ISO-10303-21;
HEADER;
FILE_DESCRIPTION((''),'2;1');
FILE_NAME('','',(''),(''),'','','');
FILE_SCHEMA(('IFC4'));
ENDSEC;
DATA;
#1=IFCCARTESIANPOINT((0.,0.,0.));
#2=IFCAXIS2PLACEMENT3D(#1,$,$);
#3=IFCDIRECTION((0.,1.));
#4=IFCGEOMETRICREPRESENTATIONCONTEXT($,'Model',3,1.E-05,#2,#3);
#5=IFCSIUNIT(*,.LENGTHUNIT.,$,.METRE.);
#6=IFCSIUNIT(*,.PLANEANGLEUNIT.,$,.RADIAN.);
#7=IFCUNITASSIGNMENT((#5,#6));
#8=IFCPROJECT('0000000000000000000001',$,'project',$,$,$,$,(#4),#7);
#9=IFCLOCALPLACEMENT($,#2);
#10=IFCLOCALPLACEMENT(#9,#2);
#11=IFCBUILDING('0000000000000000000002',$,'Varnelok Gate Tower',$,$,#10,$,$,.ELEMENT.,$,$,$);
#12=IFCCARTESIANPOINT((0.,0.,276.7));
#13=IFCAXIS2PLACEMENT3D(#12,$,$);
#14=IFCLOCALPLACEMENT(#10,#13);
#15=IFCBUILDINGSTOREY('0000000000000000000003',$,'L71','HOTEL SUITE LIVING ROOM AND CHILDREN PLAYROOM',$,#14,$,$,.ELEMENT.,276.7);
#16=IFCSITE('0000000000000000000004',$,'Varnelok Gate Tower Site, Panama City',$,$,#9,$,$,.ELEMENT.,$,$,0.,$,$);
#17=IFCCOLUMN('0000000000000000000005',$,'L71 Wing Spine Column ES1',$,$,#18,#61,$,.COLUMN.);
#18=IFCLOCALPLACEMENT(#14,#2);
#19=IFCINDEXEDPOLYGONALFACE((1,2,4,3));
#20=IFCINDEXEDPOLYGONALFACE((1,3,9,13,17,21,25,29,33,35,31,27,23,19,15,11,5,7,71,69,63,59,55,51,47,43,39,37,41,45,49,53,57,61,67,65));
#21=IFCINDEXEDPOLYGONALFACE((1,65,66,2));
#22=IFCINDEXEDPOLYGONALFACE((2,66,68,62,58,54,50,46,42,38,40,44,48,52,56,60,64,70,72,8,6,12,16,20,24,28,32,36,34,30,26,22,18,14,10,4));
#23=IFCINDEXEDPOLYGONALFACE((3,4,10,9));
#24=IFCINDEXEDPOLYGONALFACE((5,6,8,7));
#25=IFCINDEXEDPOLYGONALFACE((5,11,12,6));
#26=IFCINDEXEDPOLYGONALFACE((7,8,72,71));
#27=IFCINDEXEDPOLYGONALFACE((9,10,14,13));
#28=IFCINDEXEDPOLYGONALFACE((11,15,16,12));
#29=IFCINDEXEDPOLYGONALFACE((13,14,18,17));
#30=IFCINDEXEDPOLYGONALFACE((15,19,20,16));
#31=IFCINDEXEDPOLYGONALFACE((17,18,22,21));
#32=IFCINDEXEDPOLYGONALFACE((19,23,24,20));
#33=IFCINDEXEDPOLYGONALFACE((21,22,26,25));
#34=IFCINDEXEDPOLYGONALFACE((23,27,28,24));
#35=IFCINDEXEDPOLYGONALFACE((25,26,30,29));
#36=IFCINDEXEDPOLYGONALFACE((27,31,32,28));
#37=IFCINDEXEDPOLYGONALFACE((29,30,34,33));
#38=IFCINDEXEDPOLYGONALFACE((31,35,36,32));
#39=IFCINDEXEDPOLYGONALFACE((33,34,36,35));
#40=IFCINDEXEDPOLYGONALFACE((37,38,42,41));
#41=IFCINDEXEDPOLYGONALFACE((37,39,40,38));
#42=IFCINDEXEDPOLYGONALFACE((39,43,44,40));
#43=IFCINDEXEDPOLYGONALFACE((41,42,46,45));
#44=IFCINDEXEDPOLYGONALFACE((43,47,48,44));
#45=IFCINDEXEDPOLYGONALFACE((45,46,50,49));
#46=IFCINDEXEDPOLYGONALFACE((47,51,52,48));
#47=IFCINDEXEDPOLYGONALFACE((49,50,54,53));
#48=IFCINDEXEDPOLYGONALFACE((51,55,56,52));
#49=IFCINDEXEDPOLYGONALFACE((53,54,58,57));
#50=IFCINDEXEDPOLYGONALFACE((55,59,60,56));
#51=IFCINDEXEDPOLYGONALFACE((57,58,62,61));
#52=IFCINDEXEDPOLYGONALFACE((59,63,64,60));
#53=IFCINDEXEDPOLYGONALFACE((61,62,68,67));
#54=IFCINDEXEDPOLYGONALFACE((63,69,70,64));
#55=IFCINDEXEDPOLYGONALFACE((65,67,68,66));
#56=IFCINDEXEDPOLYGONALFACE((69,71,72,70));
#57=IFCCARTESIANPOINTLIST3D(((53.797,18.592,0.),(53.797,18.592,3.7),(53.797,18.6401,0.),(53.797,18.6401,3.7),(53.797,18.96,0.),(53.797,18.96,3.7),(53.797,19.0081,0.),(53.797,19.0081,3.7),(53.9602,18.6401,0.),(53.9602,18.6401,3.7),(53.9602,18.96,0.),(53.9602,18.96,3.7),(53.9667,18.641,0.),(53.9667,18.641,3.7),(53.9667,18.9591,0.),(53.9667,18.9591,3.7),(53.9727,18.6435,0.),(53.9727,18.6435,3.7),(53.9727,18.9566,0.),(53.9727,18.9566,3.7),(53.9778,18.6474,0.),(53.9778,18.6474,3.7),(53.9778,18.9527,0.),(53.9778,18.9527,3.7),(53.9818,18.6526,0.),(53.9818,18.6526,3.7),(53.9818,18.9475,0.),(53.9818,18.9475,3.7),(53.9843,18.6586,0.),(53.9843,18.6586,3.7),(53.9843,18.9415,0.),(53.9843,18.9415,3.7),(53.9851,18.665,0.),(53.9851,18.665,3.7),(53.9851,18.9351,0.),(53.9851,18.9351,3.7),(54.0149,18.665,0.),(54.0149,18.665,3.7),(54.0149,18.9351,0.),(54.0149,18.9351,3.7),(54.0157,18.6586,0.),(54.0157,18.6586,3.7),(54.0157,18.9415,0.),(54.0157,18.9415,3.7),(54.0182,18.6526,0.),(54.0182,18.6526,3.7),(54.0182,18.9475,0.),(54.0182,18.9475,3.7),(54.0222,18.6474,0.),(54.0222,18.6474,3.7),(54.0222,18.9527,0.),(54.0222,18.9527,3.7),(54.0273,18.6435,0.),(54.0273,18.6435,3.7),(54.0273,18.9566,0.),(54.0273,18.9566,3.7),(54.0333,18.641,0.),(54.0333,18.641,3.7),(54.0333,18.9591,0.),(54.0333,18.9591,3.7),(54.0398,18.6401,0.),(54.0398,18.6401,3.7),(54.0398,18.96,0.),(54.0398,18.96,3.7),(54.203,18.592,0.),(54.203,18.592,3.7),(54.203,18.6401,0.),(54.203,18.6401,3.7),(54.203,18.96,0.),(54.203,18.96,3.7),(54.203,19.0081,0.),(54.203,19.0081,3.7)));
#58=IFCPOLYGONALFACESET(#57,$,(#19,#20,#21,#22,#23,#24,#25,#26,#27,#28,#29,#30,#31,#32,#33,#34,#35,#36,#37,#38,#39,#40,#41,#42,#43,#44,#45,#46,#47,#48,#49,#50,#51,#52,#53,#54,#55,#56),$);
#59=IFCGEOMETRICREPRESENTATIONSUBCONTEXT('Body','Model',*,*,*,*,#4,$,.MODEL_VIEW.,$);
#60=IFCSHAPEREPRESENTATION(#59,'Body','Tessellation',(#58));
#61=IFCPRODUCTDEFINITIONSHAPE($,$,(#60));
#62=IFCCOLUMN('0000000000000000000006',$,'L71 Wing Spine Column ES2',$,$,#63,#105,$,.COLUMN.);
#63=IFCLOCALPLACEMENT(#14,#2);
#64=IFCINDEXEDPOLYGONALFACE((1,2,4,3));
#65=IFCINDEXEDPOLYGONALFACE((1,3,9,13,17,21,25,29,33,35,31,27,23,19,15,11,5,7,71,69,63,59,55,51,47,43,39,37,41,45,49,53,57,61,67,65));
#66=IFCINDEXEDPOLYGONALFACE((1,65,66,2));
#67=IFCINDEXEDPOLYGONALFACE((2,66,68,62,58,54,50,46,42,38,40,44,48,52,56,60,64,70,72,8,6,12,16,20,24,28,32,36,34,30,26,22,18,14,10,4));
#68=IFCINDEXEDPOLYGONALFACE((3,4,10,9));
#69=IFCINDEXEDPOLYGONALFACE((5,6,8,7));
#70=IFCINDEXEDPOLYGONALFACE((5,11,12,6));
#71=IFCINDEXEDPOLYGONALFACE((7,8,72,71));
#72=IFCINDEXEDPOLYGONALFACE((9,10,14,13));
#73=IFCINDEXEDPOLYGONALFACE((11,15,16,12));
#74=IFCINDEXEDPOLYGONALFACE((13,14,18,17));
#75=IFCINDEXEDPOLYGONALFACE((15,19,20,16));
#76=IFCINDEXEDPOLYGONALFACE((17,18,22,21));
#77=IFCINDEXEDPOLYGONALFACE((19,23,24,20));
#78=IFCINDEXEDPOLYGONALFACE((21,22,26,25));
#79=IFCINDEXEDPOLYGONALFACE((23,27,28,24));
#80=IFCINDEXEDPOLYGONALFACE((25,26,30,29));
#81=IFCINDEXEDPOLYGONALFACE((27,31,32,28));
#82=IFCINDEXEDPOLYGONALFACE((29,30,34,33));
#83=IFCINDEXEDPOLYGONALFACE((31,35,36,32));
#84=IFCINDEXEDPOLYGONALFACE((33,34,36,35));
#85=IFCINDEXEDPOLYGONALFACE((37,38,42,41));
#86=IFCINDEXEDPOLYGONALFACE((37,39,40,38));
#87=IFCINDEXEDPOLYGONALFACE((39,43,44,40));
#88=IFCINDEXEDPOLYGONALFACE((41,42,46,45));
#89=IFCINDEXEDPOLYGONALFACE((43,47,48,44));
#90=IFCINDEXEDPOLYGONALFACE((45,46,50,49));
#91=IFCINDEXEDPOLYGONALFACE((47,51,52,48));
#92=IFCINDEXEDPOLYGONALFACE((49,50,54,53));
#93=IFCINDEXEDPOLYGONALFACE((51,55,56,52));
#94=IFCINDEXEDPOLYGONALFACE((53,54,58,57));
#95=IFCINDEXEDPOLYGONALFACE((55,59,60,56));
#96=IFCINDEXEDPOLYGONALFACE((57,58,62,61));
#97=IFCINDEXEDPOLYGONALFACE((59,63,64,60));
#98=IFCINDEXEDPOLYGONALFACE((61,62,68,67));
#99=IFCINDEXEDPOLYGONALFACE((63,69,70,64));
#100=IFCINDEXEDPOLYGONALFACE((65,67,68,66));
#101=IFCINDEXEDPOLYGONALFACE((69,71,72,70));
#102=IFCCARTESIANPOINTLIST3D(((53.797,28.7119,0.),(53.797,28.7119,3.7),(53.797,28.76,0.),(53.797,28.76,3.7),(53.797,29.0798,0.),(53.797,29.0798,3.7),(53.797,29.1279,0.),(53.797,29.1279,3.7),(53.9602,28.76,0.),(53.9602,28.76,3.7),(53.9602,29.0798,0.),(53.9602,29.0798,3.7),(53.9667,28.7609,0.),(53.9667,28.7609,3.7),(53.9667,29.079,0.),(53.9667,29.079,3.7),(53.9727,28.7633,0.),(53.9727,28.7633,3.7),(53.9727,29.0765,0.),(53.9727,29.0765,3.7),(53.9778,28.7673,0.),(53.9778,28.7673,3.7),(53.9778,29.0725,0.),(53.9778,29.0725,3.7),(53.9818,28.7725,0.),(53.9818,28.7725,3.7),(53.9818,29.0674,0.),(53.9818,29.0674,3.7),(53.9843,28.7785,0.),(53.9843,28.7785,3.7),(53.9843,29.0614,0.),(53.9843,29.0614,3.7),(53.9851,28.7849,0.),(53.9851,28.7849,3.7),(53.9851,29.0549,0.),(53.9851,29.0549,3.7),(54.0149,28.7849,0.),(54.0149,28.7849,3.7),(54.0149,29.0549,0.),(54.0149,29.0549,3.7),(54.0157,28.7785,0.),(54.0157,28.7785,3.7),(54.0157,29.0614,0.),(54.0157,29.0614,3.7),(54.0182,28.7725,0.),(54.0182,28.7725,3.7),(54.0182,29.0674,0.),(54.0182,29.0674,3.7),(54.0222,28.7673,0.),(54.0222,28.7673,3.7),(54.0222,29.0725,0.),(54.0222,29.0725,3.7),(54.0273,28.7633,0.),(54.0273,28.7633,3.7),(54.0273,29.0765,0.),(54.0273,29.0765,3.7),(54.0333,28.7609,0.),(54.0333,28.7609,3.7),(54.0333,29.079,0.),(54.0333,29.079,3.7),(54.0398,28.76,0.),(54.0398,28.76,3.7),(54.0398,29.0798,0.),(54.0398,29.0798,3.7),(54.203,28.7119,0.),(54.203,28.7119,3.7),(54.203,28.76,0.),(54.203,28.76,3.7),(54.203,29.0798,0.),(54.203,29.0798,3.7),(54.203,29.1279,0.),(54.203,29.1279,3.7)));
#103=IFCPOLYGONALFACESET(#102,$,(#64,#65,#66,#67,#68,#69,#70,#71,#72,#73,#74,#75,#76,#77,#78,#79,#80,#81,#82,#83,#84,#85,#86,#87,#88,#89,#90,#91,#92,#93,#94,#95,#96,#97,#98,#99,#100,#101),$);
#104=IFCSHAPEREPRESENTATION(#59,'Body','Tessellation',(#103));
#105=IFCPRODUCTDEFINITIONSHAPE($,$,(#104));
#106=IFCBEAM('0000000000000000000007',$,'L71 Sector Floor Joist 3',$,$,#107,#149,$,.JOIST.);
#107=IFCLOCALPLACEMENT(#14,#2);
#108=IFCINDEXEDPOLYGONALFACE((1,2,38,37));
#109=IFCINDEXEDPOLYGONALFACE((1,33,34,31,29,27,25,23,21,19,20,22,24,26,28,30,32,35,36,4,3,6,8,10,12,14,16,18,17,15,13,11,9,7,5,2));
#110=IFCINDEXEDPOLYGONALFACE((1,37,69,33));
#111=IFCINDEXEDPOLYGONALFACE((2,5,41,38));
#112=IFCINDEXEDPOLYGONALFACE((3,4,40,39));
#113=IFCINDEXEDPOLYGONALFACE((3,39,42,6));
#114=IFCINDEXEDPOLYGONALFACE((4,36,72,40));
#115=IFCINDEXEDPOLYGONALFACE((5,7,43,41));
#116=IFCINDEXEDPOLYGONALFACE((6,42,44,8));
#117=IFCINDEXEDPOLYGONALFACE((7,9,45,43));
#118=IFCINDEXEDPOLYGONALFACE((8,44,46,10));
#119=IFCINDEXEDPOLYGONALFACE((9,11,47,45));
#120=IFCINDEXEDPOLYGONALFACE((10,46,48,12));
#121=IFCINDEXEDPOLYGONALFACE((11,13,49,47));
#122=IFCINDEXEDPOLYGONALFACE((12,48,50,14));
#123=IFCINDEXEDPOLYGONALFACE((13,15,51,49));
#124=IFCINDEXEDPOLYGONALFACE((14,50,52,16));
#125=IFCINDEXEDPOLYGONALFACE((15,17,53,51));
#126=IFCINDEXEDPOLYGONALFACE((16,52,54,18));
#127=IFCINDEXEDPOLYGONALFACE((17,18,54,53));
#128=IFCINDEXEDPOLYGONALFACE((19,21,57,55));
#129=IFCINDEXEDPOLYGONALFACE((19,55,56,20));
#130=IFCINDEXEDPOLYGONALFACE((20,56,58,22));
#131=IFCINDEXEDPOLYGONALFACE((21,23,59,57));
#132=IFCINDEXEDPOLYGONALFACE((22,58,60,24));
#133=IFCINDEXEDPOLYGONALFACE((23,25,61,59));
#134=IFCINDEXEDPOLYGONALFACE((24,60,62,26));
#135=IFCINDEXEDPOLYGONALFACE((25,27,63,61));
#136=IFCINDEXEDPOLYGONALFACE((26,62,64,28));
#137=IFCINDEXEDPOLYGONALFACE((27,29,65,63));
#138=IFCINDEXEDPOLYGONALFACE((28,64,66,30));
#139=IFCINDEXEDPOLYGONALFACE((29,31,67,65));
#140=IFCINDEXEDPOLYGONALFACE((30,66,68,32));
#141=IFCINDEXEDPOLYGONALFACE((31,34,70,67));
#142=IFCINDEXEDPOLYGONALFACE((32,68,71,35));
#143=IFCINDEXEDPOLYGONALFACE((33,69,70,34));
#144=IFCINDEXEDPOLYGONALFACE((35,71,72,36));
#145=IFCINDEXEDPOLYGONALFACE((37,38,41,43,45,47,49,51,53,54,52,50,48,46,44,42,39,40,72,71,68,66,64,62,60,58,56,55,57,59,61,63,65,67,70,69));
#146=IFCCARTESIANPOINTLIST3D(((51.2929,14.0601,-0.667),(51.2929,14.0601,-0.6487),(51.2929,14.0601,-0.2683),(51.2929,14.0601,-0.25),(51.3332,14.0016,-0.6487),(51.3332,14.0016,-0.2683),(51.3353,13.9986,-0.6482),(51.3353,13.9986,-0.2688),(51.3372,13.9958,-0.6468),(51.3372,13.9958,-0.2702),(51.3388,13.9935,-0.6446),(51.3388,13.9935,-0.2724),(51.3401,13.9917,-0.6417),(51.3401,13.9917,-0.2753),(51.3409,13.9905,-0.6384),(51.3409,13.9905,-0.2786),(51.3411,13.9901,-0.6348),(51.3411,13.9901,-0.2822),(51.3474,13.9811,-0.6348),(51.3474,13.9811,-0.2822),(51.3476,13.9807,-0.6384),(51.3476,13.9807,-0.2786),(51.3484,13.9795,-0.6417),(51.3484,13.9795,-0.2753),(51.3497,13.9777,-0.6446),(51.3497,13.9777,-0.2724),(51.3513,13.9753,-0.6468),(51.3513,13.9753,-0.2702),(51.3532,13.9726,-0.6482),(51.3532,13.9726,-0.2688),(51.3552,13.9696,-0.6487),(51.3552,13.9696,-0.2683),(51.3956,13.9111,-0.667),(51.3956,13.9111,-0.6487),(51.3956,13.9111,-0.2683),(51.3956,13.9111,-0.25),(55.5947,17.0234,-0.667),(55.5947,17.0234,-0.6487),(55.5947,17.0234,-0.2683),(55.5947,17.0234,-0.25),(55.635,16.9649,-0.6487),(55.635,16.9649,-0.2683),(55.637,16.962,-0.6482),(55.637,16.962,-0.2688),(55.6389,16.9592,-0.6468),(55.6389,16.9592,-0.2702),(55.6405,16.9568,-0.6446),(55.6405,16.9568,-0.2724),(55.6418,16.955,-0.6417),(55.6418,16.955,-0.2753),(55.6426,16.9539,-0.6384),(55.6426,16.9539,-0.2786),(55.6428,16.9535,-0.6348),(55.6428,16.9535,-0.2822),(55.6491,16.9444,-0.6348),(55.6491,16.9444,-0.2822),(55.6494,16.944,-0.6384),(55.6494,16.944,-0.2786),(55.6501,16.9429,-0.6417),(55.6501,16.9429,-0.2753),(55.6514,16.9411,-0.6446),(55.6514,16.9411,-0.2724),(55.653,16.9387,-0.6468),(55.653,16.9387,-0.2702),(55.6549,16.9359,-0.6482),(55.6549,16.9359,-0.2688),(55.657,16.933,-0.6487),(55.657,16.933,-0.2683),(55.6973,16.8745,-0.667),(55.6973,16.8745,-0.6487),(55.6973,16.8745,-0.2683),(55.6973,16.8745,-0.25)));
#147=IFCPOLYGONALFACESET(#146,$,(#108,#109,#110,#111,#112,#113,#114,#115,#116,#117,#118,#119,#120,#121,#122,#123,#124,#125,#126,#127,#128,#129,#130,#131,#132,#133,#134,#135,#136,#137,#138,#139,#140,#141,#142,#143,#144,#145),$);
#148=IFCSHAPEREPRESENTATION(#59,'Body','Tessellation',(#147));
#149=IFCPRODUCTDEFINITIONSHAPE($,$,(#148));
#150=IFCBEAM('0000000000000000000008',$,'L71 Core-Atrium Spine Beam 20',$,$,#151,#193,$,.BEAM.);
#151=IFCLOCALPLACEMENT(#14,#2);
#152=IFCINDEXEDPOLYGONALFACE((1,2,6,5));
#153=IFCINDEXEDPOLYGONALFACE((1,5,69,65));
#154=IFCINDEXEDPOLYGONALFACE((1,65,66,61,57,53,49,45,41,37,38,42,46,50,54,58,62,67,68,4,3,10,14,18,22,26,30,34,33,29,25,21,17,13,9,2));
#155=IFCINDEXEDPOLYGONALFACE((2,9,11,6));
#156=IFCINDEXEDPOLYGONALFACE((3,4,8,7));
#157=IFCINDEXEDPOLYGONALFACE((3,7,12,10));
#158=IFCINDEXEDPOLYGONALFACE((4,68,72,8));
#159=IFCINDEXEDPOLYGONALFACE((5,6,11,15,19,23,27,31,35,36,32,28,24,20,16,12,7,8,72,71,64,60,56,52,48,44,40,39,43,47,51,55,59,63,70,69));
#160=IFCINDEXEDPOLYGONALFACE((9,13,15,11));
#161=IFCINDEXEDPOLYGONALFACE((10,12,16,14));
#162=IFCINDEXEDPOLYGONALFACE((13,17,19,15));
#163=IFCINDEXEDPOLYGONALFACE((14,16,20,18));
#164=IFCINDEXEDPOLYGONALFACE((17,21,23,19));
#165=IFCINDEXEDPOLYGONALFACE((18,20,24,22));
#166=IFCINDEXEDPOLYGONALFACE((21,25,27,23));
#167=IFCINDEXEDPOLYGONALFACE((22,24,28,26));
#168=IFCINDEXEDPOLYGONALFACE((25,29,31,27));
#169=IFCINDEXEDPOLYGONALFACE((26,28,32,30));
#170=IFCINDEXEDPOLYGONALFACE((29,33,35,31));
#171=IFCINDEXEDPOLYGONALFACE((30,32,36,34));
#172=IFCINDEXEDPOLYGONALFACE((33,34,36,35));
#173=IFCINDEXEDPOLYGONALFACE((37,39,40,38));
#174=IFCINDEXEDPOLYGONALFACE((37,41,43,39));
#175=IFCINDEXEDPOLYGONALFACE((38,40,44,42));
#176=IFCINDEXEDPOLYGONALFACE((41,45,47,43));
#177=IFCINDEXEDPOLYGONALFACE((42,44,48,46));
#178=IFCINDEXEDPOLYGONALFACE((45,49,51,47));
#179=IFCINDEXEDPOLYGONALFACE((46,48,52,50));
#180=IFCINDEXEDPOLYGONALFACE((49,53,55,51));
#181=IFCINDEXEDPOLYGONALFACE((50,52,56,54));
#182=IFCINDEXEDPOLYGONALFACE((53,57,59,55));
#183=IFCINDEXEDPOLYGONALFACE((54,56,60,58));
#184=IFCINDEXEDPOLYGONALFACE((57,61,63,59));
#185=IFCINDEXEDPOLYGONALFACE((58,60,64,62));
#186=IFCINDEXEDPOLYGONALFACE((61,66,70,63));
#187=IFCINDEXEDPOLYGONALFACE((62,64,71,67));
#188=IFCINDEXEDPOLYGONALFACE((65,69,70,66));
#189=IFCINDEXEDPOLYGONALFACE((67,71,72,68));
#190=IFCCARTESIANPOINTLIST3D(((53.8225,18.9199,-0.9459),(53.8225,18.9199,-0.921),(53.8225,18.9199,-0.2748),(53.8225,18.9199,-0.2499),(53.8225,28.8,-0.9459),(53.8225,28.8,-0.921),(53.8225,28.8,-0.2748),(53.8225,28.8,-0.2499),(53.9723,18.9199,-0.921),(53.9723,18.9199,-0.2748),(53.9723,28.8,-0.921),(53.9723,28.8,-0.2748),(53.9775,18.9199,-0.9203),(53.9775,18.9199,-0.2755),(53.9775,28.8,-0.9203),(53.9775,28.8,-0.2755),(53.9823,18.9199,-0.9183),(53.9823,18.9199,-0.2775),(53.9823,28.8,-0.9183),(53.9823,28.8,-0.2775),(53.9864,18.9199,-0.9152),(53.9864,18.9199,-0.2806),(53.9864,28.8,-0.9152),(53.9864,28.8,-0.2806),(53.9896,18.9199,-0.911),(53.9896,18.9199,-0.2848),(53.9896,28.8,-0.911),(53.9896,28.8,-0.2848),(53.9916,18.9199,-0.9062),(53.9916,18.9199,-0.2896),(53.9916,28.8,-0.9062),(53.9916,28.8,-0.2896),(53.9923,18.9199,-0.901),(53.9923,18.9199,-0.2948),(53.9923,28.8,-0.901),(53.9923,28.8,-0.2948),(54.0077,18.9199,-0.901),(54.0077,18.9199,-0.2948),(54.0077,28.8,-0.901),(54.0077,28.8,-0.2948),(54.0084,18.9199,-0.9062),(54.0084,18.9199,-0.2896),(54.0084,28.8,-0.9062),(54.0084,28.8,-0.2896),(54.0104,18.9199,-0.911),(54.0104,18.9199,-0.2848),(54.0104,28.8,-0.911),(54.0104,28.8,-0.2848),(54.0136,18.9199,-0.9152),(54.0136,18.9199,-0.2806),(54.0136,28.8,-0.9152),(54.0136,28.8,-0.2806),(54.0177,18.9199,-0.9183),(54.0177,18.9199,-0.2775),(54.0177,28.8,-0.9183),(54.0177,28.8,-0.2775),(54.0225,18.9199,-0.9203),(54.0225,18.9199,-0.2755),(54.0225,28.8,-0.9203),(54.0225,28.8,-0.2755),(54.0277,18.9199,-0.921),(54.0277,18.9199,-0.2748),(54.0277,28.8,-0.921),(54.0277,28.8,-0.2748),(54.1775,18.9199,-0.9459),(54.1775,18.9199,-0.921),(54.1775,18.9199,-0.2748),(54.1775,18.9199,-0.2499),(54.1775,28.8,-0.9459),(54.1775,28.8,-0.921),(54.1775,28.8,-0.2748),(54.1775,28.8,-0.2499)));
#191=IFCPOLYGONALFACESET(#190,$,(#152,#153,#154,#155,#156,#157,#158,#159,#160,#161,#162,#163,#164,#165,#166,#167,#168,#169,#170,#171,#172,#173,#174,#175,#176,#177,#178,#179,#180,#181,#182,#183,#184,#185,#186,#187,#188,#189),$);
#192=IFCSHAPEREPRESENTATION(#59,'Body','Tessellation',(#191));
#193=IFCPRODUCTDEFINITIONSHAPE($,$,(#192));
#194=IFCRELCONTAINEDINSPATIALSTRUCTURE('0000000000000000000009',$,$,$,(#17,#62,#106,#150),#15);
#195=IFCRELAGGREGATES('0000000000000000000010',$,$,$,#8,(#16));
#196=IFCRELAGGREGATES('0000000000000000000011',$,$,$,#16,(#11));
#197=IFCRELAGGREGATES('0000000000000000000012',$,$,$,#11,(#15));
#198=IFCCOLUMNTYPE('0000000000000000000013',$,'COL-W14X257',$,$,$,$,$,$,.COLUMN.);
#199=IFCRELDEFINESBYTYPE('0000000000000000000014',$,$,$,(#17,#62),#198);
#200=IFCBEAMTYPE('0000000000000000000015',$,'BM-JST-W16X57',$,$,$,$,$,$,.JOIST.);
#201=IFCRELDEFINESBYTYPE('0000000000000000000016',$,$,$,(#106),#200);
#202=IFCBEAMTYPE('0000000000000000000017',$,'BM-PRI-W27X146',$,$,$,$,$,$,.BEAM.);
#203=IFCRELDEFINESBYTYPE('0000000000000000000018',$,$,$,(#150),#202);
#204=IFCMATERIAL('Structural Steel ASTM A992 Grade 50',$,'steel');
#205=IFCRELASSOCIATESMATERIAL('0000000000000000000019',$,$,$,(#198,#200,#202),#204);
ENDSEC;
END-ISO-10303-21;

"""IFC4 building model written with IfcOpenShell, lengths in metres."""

from ifc_helpers import new_model, si_unit, direction, frame, origin, origin_2d, place, context, subcontext, project, spatial, i_section, extrude, material, material_profile, profile_set, type_object, element, save


model = new_model("IFC4")

# Units and contexts
model_context = context("Model", 3, precision=1e-05, world=origin(), true_north=direction((0.0, 1.0)))
body_context = subcontext(model_context, "Body", "Model", "MODEL_VIEW")
ifc_project = project(units=[si_unit("LENGTHUNIT", "METRE"), si_unit("PLANEANGLEUNIT", "RADIAN")], contexts=[model_context])

# Site, building, storey
site_placement = place(None, origin())
site = spatial("IfcSite", under=ifc_project, at=site_placement, Name="Varnelok Gate Tower Site, Panama City", CompositionType="ELEMENT", RefElevation=0.0)
building_placement = place(site_placement, origin())
building = spatial("IfcBuilding", under=site, at=building_placement, Name="Varnelok Gate Tower", CompositionType="ELEMENT")
storey_placement = place(building_placement, frame((0.0, 0.0, 276.7)))
storey = spatial("IfcBuildingStorey", under=building, at=storey_placement, Name="L71", Description="HOTEL SUITE LIVING ROOM AND CHILDREN PLAYROOM", CompositionType="ELEMENT", Elevation=276.7)

# Columns
ifc_material_1 = material(Name="Structural Steel ASTM A992 Grade 50", Category="steel")
ifc_material_profile_1 = material_profile(ifc_material_1, i_section(OverallWidth=0.406, OverallDepth=0.416, WebThickness=0.0298, FlangeThickness=0.0481, FilletRadius=0.0249, at=origin_2d()), Name="W14X257")
ifc_profile_set_1 = profile_set([ifc_material_profile_1], Name="Structural Steel ASTM A992 Grade 50")
column_type = type_object("IfcColumnType", Name="COL-W14X257", PredefinedType="COLUMN", material=ifc_profile_set_1)
for number, where, z_axis, x_axis, name in (
    (1, (54.0, 18.8, 0.0), (0.0, 0.0, 1.0), (1.0, 0.0, 0.0), "L71 Wing Spine Column ES1"),
    (2, (54.0, 28.9199, 0.0), (0.0, 0.0, 1.0), (1.0, 0.0, 0.0), "L71 Wing Spine Column ES2"),
):
    element("IfcColumn", number, at=place(storey_placement, frame(where, z_axis=z_axis, x_axis=x_axis)), inside=storey, type_object=column_type, Name=name, PredefinedType="COLUMN", context=body_context, shape_type="SweptSolid", body=[
        extrude(i_section(OverallWidth=0.406, OverallDepth=0.416, WebThickness=0.0298, FlangeThickness=0.0481, FilletRadius=0.0249, at=origin_2d()), origin(), (0.0, 0.0, 1.0), 3.7),
    ])

# Beams
ifc_material_profile_2 = material_profile(ifc_material_1, i_section(OverallWidth=0.1809, OverallDepth=0.417, WebThickness=0.011, FlangeThickness=0.0183, FilletRadius=0.0139, at=origin_2d()), Name="W16X57")
ifc_profile_set_2 = profile_set([ifc_material_profile_2], Name="Structural Steel ASTM A992 Grade 50")
beam_type_1 = type_object("IfcBeamType", Name="BM-JST-W16X57", PredefinedType="JOIST", material=ifc_profile_set_2)
beam_1_placement = place(storey_placement, frame((51.3442, 13.9856, -0.4585), z_axis=(0.823512, 0.567298, 0.0), x_axis=(-0.567298, 0.823512, 0.0)))
element("IfcBeam", 3, at=beam_1_placement, inside=storey, type_object=beam_type_1, Name="L71 Sector Floor Joist 3", PredefinedType="JOIST", context=body_context, shape_type="SweptSolid", body=[
    extrude(i_section(OverallWidth=0.1809, OverallDepth=0.417, WebThickness=0.011, FlangeThickness=0.0183, FilletRadius=0.0139, at=origin_2d()), origin(), (0.0, 0.0, 1.0), 5.2236),
])
ifc_material_profile_3 = material_profile(ifc_material_1, i_section(OverallWidth=0.355, OverallDepth=0.696, WebThickness=0.0154, FlangeThickness=0.0249, FilletRadius=0.02, at=origin_2d()), Name="W27X146")
ifc_profile_set_3 = profile_set([ifc_material_profile_3], Name="Structural Steel ASTM A992 Grade 50")
beam_type_2 = type_object("IfcBeamType", Name="BM-PRI-W27X146", PredefinedType="BEAM", material=ifc_profile_set_3)
beam_2_placement = place(storey_placement, frame((54.0, 18.9199, -0.5979), z_axis=(0.0, 1.0, 0.0), x_axis=(-1.0, 0.0, 0.0)))
element("IfcBeam", 4, at=beam_2_placement, inside=storey, type_object=beam_type_2, Name="L71 Core-Atrium Spine Beam 20", PredefinedType="BEAM", context=body_context, shape_type="SweptSolid", body=[
    extrude(i_section(OverallWidth=0.355, OverallDepth=0.696, WebThickness=0.0154, FlangeThickness=0.0249, FilletRadius=0.02, at=origin_2d()), origin(), (0.0, 0.0, 1.0), 9.8801),
])

save(model, "model.ifc")
